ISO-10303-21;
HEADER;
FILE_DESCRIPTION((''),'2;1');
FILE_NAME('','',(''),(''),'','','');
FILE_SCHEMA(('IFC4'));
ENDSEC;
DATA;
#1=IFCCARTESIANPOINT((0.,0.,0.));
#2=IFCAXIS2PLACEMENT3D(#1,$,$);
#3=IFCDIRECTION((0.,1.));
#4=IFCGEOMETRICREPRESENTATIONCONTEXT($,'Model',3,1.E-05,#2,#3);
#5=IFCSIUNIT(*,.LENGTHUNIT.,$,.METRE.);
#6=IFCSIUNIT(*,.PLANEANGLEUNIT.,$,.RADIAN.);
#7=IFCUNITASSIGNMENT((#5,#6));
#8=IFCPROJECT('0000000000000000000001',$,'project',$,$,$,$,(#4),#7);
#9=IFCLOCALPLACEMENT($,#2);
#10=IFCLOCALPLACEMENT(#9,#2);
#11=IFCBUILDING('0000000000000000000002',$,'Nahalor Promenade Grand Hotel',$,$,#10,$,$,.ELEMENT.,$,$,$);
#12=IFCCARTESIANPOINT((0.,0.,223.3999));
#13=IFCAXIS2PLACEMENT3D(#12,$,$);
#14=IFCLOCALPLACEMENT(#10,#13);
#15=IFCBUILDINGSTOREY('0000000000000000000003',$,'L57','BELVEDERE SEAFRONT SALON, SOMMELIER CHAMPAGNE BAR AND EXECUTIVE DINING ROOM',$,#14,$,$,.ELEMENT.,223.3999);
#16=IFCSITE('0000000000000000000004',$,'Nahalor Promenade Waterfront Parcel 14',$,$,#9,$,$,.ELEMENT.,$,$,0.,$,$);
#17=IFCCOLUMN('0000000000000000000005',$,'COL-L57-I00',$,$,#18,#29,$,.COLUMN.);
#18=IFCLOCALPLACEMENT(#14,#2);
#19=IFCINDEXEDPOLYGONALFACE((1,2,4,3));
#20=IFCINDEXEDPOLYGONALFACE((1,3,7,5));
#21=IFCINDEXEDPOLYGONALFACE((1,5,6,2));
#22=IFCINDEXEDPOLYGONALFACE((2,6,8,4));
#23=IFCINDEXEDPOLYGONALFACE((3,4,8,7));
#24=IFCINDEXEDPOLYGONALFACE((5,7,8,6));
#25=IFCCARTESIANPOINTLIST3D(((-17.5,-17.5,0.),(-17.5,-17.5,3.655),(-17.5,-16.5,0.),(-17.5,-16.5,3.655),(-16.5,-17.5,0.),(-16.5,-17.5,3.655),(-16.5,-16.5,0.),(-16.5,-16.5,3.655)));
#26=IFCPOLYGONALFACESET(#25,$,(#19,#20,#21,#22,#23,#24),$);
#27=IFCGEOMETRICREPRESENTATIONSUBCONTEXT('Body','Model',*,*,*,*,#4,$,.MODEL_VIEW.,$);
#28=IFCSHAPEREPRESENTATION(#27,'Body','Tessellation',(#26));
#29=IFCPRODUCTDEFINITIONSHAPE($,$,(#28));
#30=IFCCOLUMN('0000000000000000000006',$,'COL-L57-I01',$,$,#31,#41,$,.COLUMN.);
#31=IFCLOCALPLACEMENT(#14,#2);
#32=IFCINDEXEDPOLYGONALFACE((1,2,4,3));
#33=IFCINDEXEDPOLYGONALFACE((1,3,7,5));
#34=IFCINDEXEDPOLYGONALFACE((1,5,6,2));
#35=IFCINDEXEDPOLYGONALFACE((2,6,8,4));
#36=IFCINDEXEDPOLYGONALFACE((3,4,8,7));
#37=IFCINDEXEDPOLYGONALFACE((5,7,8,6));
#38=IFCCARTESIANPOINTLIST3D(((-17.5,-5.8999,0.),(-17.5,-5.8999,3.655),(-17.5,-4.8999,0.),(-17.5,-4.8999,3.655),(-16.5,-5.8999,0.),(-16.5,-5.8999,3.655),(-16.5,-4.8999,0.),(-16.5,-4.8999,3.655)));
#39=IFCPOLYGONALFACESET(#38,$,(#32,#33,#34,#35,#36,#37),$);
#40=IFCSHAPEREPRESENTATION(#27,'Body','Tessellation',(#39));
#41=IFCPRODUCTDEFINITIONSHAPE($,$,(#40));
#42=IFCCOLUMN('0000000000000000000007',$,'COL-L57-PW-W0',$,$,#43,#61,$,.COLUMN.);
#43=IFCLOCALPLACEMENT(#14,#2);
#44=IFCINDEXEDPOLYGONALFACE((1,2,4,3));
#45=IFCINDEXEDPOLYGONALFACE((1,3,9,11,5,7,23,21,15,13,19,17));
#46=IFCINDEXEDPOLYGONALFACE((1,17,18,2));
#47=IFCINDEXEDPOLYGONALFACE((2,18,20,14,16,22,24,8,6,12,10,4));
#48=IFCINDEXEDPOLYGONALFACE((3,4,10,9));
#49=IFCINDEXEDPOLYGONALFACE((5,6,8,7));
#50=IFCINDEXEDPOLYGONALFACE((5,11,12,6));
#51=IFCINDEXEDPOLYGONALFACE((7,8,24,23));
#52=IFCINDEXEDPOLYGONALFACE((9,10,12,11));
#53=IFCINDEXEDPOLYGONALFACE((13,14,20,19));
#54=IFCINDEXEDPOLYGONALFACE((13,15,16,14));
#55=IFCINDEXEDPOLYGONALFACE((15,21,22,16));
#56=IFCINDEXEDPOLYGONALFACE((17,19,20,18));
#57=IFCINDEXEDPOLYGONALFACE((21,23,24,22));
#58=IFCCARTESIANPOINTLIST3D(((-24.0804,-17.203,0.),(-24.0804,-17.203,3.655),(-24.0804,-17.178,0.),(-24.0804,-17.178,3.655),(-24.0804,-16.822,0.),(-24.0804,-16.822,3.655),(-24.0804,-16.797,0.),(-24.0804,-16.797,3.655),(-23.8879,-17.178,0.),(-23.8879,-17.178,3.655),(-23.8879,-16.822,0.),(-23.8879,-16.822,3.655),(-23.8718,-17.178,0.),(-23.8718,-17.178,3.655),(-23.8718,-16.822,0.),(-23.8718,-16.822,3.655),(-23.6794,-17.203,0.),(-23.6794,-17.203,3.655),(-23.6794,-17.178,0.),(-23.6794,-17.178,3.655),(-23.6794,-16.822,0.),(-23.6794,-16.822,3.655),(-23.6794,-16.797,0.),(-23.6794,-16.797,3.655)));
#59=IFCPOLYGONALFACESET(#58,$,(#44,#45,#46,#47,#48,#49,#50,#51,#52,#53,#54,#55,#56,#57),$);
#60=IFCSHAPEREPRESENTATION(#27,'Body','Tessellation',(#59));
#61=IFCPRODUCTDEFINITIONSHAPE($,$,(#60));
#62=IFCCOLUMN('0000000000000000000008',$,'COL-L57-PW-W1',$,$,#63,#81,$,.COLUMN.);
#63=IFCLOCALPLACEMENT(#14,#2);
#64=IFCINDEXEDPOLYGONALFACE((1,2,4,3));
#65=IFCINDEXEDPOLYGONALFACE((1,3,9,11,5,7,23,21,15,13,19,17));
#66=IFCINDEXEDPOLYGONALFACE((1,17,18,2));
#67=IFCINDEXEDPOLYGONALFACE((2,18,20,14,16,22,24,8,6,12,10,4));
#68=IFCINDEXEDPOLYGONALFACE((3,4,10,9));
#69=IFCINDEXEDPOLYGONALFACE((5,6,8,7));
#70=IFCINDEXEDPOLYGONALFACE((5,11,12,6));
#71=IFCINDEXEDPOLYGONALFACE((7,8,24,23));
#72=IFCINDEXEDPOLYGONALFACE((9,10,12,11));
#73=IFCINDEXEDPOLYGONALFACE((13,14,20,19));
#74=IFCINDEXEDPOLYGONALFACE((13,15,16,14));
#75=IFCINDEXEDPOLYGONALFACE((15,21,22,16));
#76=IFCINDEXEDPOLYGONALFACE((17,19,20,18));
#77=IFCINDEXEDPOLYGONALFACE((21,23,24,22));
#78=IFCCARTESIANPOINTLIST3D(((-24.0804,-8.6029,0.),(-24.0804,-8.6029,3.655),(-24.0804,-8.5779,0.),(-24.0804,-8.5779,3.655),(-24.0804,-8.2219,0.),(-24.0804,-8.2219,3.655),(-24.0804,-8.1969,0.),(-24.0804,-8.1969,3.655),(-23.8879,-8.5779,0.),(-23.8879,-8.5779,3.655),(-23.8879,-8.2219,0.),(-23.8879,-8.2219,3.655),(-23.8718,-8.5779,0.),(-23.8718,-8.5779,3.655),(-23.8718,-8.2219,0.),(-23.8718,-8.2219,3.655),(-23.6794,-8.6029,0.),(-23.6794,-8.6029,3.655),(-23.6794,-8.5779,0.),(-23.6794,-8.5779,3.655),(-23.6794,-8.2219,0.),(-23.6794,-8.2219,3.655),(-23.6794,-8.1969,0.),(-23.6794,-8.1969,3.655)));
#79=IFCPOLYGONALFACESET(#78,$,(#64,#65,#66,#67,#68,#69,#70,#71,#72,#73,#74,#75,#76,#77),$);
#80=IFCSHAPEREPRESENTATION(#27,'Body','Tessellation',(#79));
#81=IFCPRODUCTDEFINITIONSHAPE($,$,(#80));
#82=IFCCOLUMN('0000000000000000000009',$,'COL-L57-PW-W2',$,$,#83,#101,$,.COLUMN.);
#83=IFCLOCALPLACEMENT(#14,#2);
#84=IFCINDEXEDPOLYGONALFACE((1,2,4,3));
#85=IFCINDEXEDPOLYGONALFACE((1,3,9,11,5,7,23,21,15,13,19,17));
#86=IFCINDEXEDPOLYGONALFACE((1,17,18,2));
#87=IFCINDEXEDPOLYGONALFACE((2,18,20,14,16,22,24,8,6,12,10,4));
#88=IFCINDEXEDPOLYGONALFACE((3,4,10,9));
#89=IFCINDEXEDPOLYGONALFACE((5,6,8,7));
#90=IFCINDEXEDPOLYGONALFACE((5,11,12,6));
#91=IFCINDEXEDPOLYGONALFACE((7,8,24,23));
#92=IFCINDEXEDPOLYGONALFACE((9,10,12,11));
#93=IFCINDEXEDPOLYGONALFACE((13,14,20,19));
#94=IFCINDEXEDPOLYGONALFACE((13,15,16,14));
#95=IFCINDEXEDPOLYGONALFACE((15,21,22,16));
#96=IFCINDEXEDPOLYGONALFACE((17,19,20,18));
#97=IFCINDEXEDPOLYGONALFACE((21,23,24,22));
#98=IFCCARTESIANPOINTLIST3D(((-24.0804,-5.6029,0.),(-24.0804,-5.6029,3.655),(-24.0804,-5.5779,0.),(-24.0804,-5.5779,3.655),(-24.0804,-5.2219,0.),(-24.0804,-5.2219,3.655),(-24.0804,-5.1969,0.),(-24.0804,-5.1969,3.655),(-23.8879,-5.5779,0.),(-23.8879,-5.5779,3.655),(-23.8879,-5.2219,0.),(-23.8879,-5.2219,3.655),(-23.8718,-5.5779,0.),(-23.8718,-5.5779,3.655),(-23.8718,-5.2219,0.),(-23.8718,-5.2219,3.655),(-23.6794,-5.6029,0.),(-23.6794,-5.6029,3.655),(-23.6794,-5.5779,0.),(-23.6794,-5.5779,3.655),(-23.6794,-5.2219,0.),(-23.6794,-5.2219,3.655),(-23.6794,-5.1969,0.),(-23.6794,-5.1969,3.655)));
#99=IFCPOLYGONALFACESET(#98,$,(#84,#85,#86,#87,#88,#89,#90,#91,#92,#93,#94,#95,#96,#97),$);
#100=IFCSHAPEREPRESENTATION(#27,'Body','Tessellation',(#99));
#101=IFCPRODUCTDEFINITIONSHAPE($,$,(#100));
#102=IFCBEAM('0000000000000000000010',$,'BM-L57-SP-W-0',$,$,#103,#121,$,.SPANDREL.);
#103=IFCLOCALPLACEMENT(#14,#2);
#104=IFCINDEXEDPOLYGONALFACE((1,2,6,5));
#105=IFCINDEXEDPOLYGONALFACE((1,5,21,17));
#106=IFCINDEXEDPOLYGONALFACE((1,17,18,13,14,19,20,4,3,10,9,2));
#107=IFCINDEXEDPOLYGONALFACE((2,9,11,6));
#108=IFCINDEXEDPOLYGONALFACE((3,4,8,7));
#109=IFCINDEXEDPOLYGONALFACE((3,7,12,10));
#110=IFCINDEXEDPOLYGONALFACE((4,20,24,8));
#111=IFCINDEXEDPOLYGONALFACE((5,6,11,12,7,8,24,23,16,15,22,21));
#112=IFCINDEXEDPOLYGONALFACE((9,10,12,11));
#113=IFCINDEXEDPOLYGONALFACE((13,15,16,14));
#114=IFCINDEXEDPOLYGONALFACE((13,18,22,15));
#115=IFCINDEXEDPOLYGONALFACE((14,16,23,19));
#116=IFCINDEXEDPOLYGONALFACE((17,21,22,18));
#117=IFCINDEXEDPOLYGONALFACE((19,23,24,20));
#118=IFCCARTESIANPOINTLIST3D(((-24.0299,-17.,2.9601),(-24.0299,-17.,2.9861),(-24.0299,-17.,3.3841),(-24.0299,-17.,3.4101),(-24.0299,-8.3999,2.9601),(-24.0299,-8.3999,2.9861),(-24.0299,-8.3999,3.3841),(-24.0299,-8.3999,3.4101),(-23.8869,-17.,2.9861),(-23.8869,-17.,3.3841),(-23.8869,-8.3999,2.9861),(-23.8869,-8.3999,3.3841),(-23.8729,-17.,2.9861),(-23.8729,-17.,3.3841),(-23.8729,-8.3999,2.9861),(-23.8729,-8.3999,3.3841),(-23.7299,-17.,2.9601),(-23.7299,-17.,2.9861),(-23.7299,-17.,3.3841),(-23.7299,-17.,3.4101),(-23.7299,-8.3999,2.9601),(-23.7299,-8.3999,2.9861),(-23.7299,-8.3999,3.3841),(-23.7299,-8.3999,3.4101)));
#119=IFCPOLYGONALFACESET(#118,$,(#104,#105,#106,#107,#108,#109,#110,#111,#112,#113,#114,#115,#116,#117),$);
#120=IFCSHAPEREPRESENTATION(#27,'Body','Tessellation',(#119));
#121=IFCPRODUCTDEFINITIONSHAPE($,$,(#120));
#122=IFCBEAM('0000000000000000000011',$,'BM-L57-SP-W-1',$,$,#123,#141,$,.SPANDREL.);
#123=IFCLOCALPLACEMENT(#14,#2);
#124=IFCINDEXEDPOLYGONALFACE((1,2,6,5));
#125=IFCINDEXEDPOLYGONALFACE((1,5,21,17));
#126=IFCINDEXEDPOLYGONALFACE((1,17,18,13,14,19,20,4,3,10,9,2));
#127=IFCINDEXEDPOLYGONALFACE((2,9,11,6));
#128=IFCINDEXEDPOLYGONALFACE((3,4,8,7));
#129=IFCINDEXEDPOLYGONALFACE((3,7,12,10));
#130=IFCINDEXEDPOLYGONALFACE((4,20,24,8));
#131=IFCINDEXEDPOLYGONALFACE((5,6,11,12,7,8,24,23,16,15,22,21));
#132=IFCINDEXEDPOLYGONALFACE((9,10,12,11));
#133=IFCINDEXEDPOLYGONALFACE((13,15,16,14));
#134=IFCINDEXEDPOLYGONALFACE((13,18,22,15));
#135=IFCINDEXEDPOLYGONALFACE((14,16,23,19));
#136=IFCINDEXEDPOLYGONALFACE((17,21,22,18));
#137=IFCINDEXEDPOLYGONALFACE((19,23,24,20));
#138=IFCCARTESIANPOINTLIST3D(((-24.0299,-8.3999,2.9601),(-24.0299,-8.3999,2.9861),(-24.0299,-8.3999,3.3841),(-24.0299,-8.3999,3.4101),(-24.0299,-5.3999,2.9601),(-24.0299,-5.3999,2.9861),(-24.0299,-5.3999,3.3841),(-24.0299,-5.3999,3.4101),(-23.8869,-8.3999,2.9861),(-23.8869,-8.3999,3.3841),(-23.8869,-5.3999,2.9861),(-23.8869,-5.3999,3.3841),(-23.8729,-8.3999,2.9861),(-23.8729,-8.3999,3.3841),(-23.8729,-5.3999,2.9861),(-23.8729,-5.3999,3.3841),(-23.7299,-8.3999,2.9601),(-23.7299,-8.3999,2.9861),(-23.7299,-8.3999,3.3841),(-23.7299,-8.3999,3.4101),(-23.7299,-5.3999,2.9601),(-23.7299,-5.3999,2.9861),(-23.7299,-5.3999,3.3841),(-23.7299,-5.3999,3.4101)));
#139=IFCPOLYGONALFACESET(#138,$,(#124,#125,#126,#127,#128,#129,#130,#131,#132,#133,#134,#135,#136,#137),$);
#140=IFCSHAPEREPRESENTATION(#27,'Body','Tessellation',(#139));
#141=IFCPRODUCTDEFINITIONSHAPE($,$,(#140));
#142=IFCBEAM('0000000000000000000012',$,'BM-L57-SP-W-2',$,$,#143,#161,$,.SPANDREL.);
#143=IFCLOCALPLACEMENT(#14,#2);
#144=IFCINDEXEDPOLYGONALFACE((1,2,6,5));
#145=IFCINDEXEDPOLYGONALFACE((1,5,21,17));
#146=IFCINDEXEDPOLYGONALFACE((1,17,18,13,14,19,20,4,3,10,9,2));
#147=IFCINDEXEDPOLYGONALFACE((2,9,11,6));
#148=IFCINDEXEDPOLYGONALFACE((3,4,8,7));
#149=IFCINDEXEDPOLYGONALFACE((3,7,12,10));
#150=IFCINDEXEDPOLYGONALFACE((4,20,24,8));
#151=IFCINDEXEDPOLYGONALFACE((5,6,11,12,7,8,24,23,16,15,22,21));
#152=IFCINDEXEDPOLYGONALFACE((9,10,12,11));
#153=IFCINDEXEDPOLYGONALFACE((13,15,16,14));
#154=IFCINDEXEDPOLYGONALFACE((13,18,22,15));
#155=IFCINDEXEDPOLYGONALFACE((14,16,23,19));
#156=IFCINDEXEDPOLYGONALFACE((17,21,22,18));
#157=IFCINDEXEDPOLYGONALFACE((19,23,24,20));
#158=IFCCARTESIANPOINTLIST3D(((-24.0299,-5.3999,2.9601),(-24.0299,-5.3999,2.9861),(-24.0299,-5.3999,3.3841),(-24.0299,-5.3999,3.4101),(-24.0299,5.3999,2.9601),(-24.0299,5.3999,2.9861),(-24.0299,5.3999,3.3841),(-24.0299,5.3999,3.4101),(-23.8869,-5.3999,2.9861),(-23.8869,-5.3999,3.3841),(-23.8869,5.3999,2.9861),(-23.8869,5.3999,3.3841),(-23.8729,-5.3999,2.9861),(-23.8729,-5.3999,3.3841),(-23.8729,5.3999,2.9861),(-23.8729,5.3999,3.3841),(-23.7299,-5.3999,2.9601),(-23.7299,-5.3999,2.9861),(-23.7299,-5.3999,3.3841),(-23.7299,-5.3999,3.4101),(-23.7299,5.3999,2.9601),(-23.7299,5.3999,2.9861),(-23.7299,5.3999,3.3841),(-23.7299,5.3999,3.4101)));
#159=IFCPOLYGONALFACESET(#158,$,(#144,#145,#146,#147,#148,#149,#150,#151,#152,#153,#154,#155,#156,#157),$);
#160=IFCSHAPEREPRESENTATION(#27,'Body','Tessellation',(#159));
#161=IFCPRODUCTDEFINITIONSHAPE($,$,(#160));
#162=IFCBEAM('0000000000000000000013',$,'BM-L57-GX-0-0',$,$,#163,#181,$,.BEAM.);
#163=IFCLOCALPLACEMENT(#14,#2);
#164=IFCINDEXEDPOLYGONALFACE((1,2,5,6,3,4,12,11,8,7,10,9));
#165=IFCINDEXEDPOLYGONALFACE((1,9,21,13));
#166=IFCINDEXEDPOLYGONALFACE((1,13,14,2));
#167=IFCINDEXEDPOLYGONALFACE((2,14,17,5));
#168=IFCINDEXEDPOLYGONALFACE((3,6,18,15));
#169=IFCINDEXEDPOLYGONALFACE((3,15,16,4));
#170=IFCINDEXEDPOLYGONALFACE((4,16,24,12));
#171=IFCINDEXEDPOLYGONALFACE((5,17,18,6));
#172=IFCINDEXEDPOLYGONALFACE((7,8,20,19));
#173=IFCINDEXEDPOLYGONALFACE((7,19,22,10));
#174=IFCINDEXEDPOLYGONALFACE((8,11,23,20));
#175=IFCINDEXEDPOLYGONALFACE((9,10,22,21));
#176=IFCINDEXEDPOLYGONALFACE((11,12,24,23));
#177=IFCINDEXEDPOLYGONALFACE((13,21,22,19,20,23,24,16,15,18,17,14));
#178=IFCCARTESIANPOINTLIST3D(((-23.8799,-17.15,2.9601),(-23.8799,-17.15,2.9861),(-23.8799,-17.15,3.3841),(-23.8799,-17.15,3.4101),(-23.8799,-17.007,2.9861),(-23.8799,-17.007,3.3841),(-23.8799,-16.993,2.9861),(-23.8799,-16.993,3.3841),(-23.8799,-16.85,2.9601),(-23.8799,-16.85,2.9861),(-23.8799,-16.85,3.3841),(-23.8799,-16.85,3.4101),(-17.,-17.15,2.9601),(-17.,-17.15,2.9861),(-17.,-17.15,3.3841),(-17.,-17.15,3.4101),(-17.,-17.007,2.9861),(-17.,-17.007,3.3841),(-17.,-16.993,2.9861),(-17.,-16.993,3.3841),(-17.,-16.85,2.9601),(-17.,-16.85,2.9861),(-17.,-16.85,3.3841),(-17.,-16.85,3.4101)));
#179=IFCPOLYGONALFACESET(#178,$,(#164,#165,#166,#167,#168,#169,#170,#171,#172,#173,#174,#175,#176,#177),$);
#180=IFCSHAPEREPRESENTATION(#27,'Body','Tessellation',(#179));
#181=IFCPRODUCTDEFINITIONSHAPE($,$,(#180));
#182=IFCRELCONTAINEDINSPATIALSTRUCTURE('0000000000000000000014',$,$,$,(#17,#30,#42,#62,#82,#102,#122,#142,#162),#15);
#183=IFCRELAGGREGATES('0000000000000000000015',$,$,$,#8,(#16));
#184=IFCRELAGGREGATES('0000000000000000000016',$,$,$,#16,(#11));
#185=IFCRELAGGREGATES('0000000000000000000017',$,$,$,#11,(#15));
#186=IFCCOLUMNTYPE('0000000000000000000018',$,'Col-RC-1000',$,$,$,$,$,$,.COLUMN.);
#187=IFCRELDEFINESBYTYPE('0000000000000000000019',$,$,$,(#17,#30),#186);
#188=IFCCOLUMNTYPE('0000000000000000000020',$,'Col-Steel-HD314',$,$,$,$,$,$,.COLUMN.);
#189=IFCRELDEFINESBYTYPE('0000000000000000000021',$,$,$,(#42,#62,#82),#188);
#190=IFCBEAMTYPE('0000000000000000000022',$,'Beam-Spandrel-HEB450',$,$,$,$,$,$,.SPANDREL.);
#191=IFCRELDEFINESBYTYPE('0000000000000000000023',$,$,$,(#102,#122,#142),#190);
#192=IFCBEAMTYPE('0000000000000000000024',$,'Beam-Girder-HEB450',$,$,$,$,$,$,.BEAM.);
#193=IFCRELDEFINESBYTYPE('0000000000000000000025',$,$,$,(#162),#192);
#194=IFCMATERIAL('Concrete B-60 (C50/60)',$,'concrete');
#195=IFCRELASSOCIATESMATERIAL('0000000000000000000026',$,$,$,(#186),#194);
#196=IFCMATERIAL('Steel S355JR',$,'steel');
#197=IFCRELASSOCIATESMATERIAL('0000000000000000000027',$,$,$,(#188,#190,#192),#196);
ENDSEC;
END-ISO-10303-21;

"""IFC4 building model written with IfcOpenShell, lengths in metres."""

from ifc_helpers import new_model, si_unit, direction, frame, origin, origin_2d, place, context, subcontext, project, spatial, rectangle, i_section, extrude, source, transform, mapped, material, material_profile, profile_set, type_object, element, save


model = new_model("IFC4")

# Units and contexts
model_context = context("Model", 3, precision=1e-05, world=origin(), true_north=direction((0.0, 1.0)))
body_context = subcontext(model_context, "Body", "Model", "MODEL_VIEW")
ifc_project = project(units=[si_unit("LENGTHUNIT", "METRE"), si_unit("PLANEANGLEUNIT", "RADIAN")], contexts=[model_context])

# Site, building, storey
site_placement = place(None, origin())
site = spatial("IfcSite", under=ifc_project, at=site_placement, Name="Nahalor Promenade Waterfront Parcel 14", CompositionType="ELEMENT", RefElevation=0.0)
building_placement = place(site_placement, origin())
building = spatial("IfcBuilding", under=site, at=building_placement, Name="Nahalor Promenade Grand Hotel", CompositionType="ELEMENT")
storey_placement = place(building_placement, frame((0.0, 0.0, 223.3999)))
storey = spatial("IfcBuildingStorey", under=building, at=storey_placement, Name="L57", Description="BELVEDERE SEAFRONT SALON, SOMMELIER CHAMPAGNE BAR AND EXECUTIVE DINING ROOM", CompositionType="ELEMENT", Elevation=223.3999)

# Columns
ifc_material_1 = material(Name="Concrete B-60 (C50/60)", Category="concrete")
ifc_material_profile_1 = material_profile(ifc_material_1, rectangle(XDim=1.0, YDim=1.0, at=origin_2d()), Name="RC 1000x1000")
ifc_profile_set_1 = profile_set([ifc_material_profile_1], Name="Concrete B-60 (C50/60)")
column_type_1 = type_object("IfcColumnType", Name="Col-RC-1000", PredefinedType="COLUMN", material=ifc_profile_set_1)
shared_shape_1 = source(origin(), body_context, "Body", "SweptSolid", [
    extrude(rectangle(XDim=1.0, YDim=1.0, at=origin_2d()), origin(), (0.0, 0.0, 1.0), 3.655),
])
for number, where, z_axis, x_axis, name in (
    (1, (-17.0, -17.0, 0.0), (0.0, 0.0, 1.0), (1.0, 0.0, 0.0), "COL-L57-I00"),
    (2, (-17.0, -5.3999, 0.0), (0.0, 0.0, 1.0), (1.0, 0.0, 0.0), "COL-L57-I01"),
):
    element("IfcColumn", number, at=place(storey_placement, frame(where, z_axis=z_axis, x_axis=x_axis)), inside=storey, type_object=column_type_1, Name=name, PredefinedType="COLUMN", context=body_context, shape_type="MappedRepresentation", body=[
        mapped(shared_shape_1, transform((0.0, 0.0, 0.0), scale=1.0)),
    ])
ifc_material_2 = material(Name="Steel S355JR", Category="steel")
ifc_material_profile_2 = material_profile(ifc_material_2, i_section(OverallWidth=0.401, OverallDepth=0.406, WebThickness=0.0161, FlangeThickness=0.025, at=origin_2d()), Name="HD 400x314")
ifc_profile_set_2 = profile_set([ifc_material_profile_2], Name="Steel S355JR")
column_type_2 = type_object("IfcColumnType", Name="Col-Steel-HD314", PredefinedType="COLUMN", material=ifc_profile_set_2)
shared_shape_2 = source(origin(), body_context, "Body", "SweptSolid", [
    extrude(i_section(OverallWidth=0.401, OverallDepth=0.406, WebThickness=0.0161, FlangeThickness=0.025, at=origin_2d()), origin(), (0.0, 0.0, 1.0), 3.655),
])
for number, where, z_axis, x_axis, name in (
    (3, (-23.8799, -17.0, 0.0), (0.0, 0.0, 1.0), (1.0, 0.0, 0.0), "COL-L57-PW-W0"),
    (4, (-23.8799, -8.3999, 0.0), (0.0, 0.0, 1.0), (1.0, 0.0, 0.0), "COL-L57-PW-W1"),
    (5, (-23.8799, -5.3999, 0.0), (0.0, 0.0, 1.0), (1.0, 0.0, 0.0), "COL-L57-PW-W2"),
):
    element("IfcColumn", number, at=place(storey_placement, frame(where, z_axis=z_axis, x_axis=x_axis)), inside=storey, type_object=column_type_2, Name=name, PredefinedType="COLUMN", context=body_context, shape_type="MappedRepresentation", body=[
        mapped(shared_shape_2, transform((0.0, 0.0, 0.0), scale=1.0)),
    ])

# Beams
ifc_material_profile_3 = material_profile(ifc_material_2, i_section(OverallWidth=0.3, OverallDepth=0.45, WebThickness=0.014, FlangeThickness=0.026, at=origin_2d()), Name="HEB 450")
ifc_profile_set_3 = profile_set([ifc_material_profile_3], Name="Steel S355JR")
beam_type_1 = type_object("IfcBeamType", Name="Beam-Spandrel-HEB450", PredefinedType="SPANDREL", material=ifc_profile_set_3)
shared_shape_3 = source(origin(), body_context, "Body", "SweptSolid", [
    extrude(i_section(OverallWidth=0.3, OverallDepth=0.45, WebThickness=0.014, FlangeThickness=0.026, at=origin_2d()), origin(), (0.0, 0.0, 1.0), 8.6001),
])
beam_1_placement = place(storey_placement, frame((-23.8799, -17.0, 3.1851), z_axis=(0.0, 1.0, 0.0), x_axis=(-1.0, 0.0, 0.0)))
element("IfcBeam", 6, at=beam_1_placement, inside=storey, type_object=beam_type_1, Name="BM-L57-SP-W-0", PredefinedType="SPANDREL", context=body_context, shape_type="MappedRepresentation", body=[
    mapped(shared_shape_3, transform((0.0, 0.0, 0.0), scale=1.0)),
])
shared_shape_4 = source(origin(), body_context, "Body", "SweptSolid", [
    extrude(i_section(OverallWidth=0.3, OverallDepth=0.45, WebThickness=0.014, FlangeThickness=0.026, at=origin_2d()), origin(), (0.0, 0.0, 1.0), 3.0),
])
beam_2_placement = place(storey_placement, frame((-23.8799, -8.3999, 3.1851), z_axis=(0.0, 1.0, 0.0), x_axis=(-1.0, 0.0, 0.0)))
element("IfcBeam", 7, at=beam_2_placement, inside=storey, type_object=beam_type_1, Name="BM-L57-SP-W-1", PredefinedType="SPANDREL", context=body_context, shape_type="MappedRepresentation", body=[
    mapped(shared_shape_4, transform((0.0, 0.0, 0.0), scale=1.0)),
])
shared_shape_5 = source(origin(), body_context, "Body", "SweptSolid", [
    extrude(i_section(OverallWidth=0.3, OverallDepth=0.45, WebThickness=0.014, FlangeThickness=0.026, at=origin_2d()), origin(), (0.0, 0.0, 1.0), 10.7998),
])
beam_3_placement = place(storey_placement, frame((-23.8799, -5.3999, 3.1851), z_axis=(0.0, 1.0, 0.0), x_axis=(-1.0, 0.0, 0.0)))
element("IfcBeam", 8, at=beam_3_placement, inside=storey, type_object=beam_type_1, Name="BM-L57-SP-W-2", PredefinedType="SPANDREL", context=body_context, shape_type="MappedRepresentation", body=[
    mapped(shared_shape_5, transform((0.0, 0.0, 0.0), scale=1.0)),
])
ifc_material_profile_4 = material_profile(ifc_material_2, i_section(OverallWidth=0.3, OverallDepth=0.45, WebThickness=0.014, FlangeThickness=0.026, at=origin_2d()), Name="HEB 450")
ifc_profile_set_4 = profile_set([ifc_material_profile_4], Name="Steel S355JR")
beam_type_2 = type_object("IfcBeamType", Name="Beam-Girder-HEB450", PredefinedType="BEAM", material=ifc_profile_set_4)
shared_shape_6 = source(origin(), body_context, "Body", "SweptSolid", [
    extrude(i_section(OverallWidth=0.3, OverallDepth=0.45, WebThickness=0.014, FlangeThickness=0.026, at=origin_2d()), origin(), (0.0, 0.0, 1.0), 6.8799),
])
for number, where, z_axis, x_axis, name in (
    (9, (-23.8799, -17.0, 3.1851), (1.0, 0.0, 0.0), (0.0, 1.0, 0.0), "BM-L57-GX-0-0"),
):
    element("IfcBeam", number, at=place(storey_placement, frame(where, z_axis=z_axis, x_axis=x_axis)), inside=storey, type_object=beam_type_2, Name=name, PredefinedType="BEAM", context=body_context, shape_type="MappedRepresentation", body=[
        mapped(shared_shape_6, transform((0.0, 0.0, 0.0), scale=1.0)),
    ])

save(model, "model.ifc")
